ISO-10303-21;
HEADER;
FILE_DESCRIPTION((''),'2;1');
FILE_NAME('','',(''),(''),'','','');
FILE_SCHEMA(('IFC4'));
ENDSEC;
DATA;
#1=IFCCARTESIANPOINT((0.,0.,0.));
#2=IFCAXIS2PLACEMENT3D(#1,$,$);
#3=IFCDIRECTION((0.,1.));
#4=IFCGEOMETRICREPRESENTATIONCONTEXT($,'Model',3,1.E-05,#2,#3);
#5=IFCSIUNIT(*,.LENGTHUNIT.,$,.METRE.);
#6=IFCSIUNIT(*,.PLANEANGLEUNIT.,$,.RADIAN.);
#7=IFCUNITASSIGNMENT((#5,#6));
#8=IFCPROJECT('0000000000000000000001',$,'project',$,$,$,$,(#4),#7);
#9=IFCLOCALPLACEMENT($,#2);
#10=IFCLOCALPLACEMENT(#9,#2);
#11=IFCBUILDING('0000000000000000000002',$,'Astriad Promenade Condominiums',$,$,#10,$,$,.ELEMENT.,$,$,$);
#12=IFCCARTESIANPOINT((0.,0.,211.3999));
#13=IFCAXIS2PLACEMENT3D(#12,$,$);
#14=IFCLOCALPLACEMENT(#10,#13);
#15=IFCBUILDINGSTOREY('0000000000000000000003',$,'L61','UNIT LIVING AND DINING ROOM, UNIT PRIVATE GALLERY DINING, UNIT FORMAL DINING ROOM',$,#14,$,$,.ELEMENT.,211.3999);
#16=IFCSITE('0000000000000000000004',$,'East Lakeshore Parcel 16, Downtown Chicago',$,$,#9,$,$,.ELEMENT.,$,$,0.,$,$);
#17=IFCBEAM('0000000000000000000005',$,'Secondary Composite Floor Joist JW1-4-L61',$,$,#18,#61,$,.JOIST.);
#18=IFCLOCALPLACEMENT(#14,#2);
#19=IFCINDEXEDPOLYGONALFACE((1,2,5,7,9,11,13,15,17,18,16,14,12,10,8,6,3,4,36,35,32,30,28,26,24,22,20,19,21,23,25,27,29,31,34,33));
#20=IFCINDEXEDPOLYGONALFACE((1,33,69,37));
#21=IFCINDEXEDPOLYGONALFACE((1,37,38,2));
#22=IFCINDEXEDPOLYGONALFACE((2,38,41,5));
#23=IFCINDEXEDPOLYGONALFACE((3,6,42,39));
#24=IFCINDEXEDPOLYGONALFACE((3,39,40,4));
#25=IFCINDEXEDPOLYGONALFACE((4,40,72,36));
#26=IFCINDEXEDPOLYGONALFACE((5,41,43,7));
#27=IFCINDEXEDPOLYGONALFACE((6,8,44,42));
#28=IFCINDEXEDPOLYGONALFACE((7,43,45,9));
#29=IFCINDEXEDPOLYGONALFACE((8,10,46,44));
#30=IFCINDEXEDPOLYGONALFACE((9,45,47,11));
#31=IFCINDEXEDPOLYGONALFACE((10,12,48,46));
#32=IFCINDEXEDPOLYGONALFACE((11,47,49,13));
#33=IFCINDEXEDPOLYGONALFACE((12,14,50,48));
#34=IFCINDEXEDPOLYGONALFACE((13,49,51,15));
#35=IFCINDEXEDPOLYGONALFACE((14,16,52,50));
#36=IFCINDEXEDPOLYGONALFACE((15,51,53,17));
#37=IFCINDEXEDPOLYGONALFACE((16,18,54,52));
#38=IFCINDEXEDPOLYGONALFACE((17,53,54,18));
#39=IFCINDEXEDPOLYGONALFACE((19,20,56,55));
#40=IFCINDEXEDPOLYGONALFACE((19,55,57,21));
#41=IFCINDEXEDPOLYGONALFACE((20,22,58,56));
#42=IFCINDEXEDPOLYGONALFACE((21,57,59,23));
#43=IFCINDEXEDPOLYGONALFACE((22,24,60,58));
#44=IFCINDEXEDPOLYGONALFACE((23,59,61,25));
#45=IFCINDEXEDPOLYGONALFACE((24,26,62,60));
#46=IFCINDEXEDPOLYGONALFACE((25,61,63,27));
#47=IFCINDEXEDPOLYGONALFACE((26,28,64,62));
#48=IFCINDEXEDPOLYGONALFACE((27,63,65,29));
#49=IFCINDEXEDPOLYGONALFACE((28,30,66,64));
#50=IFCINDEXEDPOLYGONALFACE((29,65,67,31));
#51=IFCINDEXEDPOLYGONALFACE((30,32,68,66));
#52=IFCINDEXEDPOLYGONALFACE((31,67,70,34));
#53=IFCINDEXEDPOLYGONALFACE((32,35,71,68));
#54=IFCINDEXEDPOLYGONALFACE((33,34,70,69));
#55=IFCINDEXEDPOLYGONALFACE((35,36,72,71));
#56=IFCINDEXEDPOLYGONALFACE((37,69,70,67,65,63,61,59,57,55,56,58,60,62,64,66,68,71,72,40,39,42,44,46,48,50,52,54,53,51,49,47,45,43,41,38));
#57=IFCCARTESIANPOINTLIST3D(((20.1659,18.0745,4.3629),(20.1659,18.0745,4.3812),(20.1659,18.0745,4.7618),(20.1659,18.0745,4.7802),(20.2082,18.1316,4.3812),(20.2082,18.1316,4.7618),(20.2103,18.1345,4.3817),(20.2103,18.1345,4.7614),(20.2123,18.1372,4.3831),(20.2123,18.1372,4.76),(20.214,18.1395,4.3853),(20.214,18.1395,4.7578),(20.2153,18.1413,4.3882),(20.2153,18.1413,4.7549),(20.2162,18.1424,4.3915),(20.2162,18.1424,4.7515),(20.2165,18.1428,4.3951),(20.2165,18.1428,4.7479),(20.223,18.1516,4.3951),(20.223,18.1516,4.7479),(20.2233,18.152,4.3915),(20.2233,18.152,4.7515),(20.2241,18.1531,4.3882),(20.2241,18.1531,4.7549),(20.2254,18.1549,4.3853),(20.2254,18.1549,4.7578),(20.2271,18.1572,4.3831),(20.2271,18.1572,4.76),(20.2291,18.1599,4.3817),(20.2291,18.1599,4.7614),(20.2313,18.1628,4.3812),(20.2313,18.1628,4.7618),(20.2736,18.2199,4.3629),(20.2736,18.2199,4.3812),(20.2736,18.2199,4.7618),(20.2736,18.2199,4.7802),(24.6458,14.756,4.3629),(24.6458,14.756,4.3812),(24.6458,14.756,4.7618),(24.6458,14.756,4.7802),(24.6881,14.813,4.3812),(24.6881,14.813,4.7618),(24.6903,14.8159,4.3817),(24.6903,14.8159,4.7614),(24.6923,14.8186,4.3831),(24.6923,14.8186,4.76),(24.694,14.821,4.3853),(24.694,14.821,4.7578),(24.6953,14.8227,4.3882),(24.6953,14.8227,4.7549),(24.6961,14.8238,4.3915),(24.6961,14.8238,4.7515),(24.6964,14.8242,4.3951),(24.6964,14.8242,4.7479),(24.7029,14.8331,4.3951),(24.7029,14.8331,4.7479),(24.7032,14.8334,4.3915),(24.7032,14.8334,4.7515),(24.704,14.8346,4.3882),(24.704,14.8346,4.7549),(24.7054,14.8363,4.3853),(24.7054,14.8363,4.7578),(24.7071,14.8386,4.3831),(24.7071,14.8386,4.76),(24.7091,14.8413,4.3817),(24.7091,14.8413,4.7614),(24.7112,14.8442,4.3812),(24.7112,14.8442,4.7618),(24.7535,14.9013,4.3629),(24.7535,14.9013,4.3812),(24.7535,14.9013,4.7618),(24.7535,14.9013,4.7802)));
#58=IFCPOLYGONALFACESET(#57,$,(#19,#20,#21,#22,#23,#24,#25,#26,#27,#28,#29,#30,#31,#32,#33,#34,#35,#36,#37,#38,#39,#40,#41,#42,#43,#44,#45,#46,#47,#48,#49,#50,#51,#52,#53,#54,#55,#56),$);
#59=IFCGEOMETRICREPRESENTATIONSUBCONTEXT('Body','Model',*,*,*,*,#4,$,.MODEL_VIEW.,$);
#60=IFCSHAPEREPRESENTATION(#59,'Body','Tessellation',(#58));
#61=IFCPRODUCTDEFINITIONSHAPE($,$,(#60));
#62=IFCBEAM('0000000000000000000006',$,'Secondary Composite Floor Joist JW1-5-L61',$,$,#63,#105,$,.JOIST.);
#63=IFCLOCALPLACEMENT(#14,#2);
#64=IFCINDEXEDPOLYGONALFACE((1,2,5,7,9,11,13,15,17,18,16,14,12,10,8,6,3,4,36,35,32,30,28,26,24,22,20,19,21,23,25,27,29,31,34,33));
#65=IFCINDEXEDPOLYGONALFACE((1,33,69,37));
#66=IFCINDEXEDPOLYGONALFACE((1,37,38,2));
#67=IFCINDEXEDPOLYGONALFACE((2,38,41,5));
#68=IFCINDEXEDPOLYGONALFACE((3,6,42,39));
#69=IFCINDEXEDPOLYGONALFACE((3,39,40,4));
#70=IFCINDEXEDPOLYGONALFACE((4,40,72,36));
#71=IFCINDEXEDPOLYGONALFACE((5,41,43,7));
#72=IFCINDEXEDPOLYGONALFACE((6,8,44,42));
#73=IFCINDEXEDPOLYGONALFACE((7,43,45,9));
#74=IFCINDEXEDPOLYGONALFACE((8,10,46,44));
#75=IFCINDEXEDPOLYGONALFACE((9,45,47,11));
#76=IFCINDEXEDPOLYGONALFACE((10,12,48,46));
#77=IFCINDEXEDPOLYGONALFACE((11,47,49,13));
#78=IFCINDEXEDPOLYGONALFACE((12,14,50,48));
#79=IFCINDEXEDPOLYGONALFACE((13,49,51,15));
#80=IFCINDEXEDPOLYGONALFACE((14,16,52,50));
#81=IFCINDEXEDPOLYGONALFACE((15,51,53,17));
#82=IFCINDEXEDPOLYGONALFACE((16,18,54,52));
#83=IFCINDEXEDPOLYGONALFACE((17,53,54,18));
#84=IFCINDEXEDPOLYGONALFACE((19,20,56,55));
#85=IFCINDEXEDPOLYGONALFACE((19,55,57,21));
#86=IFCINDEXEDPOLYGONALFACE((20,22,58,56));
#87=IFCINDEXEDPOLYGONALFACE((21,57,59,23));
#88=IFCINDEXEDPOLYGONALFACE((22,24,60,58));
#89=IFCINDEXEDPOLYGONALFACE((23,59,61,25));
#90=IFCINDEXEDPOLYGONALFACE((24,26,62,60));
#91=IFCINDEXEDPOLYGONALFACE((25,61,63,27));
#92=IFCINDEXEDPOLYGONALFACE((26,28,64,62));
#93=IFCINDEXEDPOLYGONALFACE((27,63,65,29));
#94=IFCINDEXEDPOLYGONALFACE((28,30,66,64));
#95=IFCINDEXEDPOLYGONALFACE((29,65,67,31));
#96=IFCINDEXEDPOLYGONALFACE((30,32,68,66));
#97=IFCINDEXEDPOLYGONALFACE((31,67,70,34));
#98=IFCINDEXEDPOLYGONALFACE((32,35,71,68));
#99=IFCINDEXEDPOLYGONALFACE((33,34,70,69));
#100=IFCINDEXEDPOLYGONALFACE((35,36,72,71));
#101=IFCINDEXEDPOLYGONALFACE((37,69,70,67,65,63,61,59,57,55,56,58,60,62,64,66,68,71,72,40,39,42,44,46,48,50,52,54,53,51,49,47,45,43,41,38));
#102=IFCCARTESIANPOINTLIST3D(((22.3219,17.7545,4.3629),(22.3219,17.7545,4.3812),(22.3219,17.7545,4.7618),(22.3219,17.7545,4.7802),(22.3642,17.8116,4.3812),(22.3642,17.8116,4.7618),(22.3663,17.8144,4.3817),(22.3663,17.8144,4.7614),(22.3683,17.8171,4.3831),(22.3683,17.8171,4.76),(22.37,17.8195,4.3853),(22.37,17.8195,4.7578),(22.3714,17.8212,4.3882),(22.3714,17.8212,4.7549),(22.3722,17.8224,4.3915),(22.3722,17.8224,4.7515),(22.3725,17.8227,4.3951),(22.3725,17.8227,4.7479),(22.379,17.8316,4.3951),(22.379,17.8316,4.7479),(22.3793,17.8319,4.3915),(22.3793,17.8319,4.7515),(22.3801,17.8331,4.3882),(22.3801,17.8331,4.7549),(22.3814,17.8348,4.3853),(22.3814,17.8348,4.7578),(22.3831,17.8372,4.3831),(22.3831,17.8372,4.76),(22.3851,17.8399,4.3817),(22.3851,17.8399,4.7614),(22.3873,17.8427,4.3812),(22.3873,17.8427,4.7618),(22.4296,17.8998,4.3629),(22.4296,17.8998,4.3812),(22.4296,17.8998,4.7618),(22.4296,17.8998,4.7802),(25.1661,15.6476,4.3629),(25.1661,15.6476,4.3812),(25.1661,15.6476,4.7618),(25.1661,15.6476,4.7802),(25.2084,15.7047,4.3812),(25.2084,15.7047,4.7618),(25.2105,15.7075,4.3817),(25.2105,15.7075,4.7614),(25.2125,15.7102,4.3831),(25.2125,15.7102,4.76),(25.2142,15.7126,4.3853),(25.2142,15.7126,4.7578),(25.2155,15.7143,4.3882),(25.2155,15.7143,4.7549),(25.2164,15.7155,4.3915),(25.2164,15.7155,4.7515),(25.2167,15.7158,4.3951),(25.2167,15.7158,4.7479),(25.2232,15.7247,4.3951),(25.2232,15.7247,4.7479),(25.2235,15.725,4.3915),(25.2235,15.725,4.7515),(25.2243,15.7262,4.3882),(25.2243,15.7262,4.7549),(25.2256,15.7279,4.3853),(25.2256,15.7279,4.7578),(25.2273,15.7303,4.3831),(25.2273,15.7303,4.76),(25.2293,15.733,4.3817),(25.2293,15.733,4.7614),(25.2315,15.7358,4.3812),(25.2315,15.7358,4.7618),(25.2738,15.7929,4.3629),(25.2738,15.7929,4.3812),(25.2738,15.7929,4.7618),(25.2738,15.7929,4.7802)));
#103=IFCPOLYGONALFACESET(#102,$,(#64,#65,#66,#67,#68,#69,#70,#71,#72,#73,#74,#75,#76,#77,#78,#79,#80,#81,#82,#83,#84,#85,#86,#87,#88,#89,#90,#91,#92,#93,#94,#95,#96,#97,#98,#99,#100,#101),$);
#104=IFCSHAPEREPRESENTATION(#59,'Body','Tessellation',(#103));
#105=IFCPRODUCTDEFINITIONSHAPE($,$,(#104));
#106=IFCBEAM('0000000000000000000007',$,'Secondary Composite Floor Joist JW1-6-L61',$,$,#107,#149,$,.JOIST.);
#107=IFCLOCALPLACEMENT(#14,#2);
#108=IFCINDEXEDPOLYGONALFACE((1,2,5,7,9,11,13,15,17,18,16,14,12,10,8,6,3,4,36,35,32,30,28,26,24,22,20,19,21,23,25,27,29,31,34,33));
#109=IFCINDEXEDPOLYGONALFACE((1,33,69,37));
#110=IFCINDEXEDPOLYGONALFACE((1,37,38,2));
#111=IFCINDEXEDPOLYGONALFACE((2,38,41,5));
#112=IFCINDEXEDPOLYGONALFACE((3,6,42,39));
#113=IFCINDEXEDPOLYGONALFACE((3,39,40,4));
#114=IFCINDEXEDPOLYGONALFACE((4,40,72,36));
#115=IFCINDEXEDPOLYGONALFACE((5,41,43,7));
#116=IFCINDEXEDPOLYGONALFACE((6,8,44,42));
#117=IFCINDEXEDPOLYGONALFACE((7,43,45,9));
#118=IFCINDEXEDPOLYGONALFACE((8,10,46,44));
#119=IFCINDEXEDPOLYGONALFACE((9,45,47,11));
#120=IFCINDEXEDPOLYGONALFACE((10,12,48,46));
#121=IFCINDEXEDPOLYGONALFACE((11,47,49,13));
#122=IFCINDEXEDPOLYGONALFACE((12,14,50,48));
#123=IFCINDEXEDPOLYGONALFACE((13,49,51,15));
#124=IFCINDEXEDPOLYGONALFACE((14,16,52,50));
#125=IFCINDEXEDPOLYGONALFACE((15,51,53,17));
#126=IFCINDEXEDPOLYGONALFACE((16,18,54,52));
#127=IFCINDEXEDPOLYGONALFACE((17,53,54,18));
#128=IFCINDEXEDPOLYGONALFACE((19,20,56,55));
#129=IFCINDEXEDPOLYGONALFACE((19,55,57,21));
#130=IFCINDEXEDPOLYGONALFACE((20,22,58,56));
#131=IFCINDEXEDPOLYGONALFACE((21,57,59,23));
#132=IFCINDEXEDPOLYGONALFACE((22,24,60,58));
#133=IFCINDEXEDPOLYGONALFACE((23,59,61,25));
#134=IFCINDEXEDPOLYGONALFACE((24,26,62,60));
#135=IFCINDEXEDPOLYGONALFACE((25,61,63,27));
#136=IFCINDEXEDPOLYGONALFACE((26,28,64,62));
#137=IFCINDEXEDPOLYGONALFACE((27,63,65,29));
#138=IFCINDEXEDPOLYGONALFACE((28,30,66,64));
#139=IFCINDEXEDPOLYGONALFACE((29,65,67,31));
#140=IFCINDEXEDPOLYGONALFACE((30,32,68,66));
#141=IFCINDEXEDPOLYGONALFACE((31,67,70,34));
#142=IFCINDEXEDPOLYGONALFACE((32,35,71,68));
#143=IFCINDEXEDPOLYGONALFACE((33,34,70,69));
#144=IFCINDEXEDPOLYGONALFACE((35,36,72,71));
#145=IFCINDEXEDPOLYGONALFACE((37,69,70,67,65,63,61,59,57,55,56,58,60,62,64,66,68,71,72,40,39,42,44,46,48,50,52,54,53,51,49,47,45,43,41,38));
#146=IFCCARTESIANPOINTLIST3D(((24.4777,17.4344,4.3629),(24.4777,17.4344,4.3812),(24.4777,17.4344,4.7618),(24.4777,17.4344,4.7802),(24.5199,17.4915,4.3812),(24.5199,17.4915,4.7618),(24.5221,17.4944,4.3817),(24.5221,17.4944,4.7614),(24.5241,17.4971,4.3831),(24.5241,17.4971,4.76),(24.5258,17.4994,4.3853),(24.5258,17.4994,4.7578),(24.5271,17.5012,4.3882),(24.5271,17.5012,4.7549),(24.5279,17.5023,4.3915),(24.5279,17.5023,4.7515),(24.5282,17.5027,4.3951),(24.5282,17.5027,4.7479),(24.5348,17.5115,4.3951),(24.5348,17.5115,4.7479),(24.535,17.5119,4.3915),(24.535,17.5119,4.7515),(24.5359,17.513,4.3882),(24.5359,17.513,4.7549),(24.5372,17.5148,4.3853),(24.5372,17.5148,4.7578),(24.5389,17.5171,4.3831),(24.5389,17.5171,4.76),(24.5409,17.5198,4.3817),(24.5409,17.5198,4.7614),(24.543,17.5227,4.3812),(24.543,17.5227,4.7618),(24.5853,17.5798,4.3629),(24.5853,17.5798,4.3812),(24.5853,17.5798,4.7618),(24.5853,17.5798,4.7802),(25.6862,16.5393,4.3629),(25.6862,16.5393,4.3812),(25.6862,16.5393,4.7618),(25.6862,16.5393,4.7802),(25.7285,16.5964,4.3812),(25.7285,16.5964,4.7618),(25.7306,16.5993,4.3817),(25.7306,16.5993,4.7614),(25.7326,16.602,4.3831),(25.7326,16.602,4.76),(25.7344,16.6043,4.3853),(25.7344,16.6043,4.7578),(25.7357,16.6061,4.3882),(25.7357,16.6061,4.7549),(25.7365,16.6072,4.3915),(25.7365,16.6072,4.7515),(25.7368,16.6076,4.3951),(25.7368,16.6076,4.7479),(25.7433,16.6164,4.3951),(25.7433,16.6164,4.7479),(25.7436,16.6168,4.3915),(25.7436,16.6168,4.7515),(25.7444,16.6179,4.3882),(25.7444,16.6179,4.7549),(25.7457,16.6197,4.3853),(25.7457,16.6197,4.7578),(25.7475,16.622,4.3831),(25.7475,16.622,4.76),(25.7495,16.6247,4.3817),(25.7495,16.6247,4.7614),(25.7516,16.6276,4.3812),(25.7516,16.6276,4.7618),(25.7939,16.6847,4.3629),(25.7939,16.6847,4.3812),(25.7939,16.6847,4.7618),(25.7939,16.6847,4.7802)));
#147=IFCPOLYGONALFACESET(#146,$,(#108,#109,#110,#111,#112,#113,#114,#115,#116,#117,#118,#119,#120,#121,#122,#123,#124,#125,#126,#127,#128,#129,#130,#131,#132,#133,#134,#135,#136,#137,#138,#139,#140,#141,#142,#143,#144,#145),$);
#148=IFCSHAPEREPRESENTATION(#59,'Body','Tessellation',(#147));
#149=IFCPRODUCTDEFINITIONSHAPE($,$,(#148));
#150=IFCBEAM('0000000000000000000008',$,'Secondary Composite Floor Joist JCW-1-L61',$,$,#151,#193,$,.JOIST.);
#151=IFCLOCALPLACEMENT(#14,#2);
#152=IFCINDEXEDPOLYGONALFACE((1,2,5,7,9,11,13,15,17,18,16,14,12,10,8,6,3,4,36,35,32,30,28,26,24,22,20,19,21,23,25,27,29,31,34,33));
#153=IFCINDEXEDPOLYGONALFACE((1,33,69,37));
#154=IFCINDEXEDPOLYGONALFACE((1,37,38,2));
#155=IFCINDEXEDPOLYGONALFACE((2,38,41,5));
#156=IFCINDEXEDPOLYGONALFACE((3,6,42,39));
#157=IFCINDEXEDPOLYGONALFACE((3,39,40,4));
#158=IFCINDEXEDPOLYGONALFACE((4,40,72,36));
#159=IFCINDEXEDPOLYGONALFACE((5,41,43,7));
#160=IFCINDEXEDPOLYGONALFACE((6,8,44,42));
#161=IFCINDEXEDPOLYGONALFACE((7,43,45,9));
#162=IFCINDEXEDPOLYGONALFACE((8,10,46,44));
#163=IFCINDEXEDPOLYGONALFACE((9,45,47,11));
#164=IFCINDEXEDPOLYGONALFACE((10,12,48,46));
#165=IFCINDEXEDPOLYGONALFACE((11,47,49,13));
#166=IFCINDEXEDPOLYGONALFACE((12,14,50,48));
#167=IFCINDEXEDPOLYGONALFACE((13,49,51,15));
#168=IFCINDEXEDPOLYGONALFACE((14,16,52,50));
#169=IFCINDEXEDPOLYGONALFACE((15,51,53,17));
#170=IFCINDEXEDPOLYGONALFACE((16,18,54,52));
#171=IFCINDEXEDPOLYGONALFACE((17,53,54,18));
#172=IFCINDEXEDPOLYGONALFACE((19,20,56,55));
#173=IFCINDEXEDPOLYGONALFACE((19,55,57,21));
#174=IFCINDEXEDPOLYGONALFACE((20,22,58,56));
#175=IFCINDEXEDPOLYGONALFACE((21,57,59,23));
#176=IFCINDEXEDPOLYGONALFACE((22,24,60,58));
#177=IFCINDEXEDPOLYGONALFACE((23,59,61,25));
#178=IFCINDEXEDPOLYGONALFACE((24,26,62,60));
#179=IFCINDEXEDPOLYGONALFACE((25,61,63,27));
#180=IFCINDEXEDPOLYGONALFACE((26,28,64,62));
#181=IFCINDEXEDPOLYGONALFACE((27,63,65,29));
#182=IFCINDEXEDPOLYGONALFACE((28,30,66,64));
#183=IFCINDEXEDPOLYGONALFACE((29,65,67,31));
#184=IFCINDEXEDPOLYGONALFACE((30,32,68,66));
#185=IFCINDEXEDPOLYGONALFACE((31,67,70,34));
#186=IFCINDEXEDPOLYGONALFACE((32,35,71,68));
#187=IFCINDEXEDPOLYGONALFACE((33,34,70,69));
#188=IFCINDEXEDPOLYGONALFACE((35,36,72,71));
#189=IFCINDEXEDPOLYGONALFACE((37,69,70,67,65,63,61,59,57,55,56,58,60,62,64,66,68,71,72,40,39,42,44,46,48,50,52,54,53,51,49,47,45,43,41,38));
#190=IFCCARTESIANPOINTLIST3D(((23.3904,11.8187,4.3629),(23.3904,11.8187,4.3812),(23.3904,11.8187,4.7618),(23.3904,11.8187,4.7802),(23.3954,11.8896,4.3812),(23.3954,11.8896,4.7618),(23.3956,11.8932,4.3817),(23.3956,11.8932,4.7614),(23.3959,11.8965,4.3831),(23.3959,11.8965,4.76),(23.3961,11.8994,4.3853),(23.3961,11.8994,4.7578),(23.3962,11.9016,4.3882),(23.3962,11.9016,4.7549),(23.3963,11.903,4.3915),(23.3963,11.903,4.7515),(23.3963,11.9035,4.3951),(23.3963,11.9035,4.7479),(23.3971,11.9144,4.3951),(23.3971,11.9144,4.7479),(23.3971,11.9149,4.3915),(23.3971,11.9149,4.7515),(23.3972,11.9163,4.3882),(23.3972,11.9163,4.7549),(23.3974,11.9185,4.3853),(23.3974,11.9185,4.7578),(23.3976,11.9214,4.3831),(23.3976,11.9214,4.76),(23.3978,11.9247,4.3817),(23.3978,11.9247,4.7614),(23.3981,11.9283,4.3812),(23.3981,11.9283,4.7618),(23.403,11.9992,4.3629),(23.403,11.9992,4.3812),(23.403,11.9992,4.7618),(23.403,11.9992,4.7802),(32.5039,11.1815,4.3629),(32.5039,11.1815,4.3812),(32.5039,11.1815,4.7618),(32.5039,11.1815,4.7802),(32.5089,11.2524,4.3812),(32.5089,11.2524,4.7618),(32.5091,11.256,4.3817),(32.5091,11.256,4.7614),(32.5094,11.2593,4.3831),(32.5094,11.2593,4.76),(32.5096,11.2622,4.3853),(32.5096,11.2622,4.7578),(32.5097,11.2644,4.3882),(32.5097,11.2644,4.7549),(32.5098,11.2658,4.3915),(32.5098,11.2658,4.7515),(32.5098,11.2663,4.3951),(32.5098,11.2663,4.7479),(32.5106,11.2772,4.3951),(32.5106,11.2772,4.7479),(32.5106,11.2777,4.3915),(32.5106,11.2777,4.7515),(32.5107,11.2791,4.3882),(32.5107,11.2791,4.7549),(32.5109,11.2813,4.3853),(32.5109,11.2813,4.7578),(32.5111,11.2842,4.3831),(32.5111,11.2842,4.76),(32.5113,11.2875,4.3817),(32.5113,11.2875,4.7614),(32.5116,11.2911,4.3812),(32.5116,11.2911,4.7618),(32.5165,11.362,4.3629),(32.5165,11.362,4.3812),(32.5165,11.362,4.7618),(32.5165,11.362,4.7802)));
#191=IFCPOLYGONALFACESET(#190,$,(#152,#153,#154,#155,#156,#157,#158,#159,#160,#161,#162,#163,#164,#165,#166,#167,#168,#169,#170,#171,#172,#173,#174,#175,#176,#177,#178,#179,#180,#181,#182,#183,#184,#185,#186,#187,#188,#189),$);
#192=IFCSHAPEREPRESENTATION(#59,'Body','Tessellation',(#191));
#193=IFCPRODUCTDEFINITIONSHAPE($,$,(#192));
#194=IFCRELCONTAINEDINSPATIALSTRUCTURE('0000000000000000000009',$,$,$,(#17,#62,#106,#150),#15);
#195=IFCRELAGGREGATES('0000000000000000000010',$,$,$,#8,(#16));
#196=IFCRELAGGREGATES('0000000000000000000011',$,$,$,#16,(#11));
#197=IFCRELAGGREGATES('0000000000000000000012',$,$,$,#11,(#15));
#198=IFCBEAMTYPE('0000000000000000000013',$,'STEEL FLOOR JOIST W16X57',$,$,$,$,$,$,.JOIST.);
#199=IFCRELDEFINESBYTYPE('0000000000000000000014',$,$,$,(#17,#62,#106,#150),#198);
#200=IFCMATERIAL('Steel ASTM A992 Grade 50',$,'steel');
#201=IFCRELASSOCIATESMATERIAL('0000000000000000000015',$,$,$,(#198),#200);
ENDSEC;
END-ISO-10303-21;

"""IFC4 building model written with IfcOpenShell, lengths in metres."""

from ifc_helpers import new_model, si_unit, direction, frame, origin, origin_2d, place, context, subcontext, project, spatial, i_section, extrude, source, transform, mapped, material, material_profile, profile_set, type_object, element, save


model = new_model("IFC4")

# Units and contexts
model_context = context("Model", 3, precision=1e-05, world=origin(), true_north=direction((0.0, 1.0)))
body_context = subcontext(model_context, "Body", "Model", "MODEL_VIEW")
ifc_project = project(units=[si_unit("LENGTHUNIT", "METRE"), si_unit("PLANEANGLEUNIT", "RADIAN")], contexts=[model_context])

# Site, building, storey
site_placement = place(None, origin())
site = spatial("IfcSite", under=ifc_project, at=site_placement, Name="East Lakeshore Parcel 16, Downtown Chicago", CompositionType="ELEMENT", RefElevation=0.0)
building_placement = place(site_placement, origin())
building = spatial("IfcBuilding", under=site, at=building_placement, Name="Astriad Promenade Condominiums", CompositionType="ELEMENT")
storey_placement = place(building_placement, frame((0.0, 0.0, 211.3999)))
storey = spatial("IfcBuildingStorey", under=building, at=storey_placement, Name="L61", Description="UNIT LIVING AND DINING ROOM, UNIT PRIVATE GALLERY DINING, UNIT FORMAL DINING ROOM", CompositionType="ELEMENT", Elevation=211.3999)

# Beams
ifc_material_1 = material(Name="Steel ASTM A992 Grade 50", Category="steel")
ifc_material_profile_1 = material_profile(ifc_material_1, i_section(OverallWidth=0.1809, OverallDepth=0.4172, WebThickness=0.011, FlangeThickness=0.0183, FilletRadius=0.0139, at=origin_2d()), Name="W16X57")
ifc_profile_set_1 = profile_set([ifc_material_profile_1], Name="Steel ASTM A992 Grade 50")
beam_type_1 = type_object("IfcBeamType", Name="STEEL FLOOR JOIST W16X57", PredefinedType="JOIST", material=ifc_profile_set_1)
shared_shape_1 = source(origin(), body_context, "Body", "SweptSolid", [
    extrude(i_section(OverallWidth=0.1809, OverallDepth=0.4172, WebThickness=0.011, FlangeThickness=0.0183, FilletRadius=0.0139, at=origin_2d()), origin(), (0.0, 0.0, 1.0), 5.5752),
])
beam_1_placement = place(storey_placement, frame((20.2197, 18.1472, 4.5715), z_axis=(0.803549, -0.595239, 0.0), x_axis=(0.595239, 0.803549, 0.0)))
element("IfcBeam", 1, at=beam_1_placement, inside=storey, type_object=beam_type_1, Name="Secondary Composite Floor Joist JW1-4-L61", PredefinedType="JOIST", context=body_context, shape_type="MappedRepresentation", body=[
    mapped(shared_shape_1, transform((0.0, 0.0, 0.0), scale=1.0)),
])
shared_shape_2 = source(origin(), body_context, "Body", "SweptSolid", [
    extrude(i_section(OverallWidth=0.1809, OverallDepth=0.4172, WebThickness=0.011, FlangeThickness=0.0183, FilletRadius=0.0139, at=origin_2d()), origin(), (0.0, 0.0, 1.0), 3.5396),
])
beam_2_placement = place(storey_placement, frame((22.3757, 17.8271, 4.5715), z_axis=(0.803545, -0.595244, 0.0), x_axis=(0.595244, 0.803545, 0.0)))
element("IfcBeam", 2, at=beam_2_placement, inside=storey, type_object=beam_type_1, Name="Secondary Composite Floor Joist JW1-5-L61", PredefinedType="JOIST", context=body_context, shape_type="MappedRepresentation", body=[
    mapped(shared_shape_2, transform((0.0, 0.0, 0.0), scale=1.0)),
])
shared_shape_3 = source(origin(), body_context, "Body", "SweptSolid", [
    extrude(i_section(OverallWidth=0.1809, OverallDepth=0.4172, WebThickness=0.011, FlangeThickness=0.0183, FilletRadius=0.0139, at=origin_2d()), origin(), (0.0, 0.0, 1.0), 1.5039),
])
beam_3_placement = place(storey_placement, frame((24.5315, 17.5071, 4.5715), z_axis=(0.803609, -0.595158, 0.0), x_axis=(0.595158, 0.803609, 0.0)))
element("IfcBeam", 3, at=beam_3_placement, inside=storey, type_object=beam_type_1, Name="Secondary Composite Floor Joist JW1-6-L61", PredefinedType="JOIST", context=body_context, shape_type="MappedRepresentation", body=[
    mapped(shared_shape_3, transform((0.0, 0.0, 0.0), scale=1.0)),
])
shared_shape_4 = source(origin(), body_context, "Body", "SweptSolid", [
    extrude(i_section(OverallWidth=0.1809, OverallDepth=0.4172, WebThickness=0.011, FlangeThickness=0.0183, FilletRadius=0.0139, at=origin_2d()), origin(), (0.0, 0.0, 1.0), 9.1357),
])
beam_4_placement = place(storey_placement, frame((23.3967, 11.9089, 4.5715), z_axis=(0.997565, -0.069749, 0.0), x_axis=(0.069749, 0.997565, 0.0)))
element("IfcBeam", 4, at=beam_4_placement, inside=storey, type_object=beam_type_1, Name="Secondary Composite Floor Joist JCW-1-L61", PredefinedType="JOIST", context=body_context, shape_type="MappedRepresentation", body=[
    mapped(shared_shape_4, transform((0.0, 0.0, 0.0), scale=1.0)),
])

save(model, "model.ifc")
